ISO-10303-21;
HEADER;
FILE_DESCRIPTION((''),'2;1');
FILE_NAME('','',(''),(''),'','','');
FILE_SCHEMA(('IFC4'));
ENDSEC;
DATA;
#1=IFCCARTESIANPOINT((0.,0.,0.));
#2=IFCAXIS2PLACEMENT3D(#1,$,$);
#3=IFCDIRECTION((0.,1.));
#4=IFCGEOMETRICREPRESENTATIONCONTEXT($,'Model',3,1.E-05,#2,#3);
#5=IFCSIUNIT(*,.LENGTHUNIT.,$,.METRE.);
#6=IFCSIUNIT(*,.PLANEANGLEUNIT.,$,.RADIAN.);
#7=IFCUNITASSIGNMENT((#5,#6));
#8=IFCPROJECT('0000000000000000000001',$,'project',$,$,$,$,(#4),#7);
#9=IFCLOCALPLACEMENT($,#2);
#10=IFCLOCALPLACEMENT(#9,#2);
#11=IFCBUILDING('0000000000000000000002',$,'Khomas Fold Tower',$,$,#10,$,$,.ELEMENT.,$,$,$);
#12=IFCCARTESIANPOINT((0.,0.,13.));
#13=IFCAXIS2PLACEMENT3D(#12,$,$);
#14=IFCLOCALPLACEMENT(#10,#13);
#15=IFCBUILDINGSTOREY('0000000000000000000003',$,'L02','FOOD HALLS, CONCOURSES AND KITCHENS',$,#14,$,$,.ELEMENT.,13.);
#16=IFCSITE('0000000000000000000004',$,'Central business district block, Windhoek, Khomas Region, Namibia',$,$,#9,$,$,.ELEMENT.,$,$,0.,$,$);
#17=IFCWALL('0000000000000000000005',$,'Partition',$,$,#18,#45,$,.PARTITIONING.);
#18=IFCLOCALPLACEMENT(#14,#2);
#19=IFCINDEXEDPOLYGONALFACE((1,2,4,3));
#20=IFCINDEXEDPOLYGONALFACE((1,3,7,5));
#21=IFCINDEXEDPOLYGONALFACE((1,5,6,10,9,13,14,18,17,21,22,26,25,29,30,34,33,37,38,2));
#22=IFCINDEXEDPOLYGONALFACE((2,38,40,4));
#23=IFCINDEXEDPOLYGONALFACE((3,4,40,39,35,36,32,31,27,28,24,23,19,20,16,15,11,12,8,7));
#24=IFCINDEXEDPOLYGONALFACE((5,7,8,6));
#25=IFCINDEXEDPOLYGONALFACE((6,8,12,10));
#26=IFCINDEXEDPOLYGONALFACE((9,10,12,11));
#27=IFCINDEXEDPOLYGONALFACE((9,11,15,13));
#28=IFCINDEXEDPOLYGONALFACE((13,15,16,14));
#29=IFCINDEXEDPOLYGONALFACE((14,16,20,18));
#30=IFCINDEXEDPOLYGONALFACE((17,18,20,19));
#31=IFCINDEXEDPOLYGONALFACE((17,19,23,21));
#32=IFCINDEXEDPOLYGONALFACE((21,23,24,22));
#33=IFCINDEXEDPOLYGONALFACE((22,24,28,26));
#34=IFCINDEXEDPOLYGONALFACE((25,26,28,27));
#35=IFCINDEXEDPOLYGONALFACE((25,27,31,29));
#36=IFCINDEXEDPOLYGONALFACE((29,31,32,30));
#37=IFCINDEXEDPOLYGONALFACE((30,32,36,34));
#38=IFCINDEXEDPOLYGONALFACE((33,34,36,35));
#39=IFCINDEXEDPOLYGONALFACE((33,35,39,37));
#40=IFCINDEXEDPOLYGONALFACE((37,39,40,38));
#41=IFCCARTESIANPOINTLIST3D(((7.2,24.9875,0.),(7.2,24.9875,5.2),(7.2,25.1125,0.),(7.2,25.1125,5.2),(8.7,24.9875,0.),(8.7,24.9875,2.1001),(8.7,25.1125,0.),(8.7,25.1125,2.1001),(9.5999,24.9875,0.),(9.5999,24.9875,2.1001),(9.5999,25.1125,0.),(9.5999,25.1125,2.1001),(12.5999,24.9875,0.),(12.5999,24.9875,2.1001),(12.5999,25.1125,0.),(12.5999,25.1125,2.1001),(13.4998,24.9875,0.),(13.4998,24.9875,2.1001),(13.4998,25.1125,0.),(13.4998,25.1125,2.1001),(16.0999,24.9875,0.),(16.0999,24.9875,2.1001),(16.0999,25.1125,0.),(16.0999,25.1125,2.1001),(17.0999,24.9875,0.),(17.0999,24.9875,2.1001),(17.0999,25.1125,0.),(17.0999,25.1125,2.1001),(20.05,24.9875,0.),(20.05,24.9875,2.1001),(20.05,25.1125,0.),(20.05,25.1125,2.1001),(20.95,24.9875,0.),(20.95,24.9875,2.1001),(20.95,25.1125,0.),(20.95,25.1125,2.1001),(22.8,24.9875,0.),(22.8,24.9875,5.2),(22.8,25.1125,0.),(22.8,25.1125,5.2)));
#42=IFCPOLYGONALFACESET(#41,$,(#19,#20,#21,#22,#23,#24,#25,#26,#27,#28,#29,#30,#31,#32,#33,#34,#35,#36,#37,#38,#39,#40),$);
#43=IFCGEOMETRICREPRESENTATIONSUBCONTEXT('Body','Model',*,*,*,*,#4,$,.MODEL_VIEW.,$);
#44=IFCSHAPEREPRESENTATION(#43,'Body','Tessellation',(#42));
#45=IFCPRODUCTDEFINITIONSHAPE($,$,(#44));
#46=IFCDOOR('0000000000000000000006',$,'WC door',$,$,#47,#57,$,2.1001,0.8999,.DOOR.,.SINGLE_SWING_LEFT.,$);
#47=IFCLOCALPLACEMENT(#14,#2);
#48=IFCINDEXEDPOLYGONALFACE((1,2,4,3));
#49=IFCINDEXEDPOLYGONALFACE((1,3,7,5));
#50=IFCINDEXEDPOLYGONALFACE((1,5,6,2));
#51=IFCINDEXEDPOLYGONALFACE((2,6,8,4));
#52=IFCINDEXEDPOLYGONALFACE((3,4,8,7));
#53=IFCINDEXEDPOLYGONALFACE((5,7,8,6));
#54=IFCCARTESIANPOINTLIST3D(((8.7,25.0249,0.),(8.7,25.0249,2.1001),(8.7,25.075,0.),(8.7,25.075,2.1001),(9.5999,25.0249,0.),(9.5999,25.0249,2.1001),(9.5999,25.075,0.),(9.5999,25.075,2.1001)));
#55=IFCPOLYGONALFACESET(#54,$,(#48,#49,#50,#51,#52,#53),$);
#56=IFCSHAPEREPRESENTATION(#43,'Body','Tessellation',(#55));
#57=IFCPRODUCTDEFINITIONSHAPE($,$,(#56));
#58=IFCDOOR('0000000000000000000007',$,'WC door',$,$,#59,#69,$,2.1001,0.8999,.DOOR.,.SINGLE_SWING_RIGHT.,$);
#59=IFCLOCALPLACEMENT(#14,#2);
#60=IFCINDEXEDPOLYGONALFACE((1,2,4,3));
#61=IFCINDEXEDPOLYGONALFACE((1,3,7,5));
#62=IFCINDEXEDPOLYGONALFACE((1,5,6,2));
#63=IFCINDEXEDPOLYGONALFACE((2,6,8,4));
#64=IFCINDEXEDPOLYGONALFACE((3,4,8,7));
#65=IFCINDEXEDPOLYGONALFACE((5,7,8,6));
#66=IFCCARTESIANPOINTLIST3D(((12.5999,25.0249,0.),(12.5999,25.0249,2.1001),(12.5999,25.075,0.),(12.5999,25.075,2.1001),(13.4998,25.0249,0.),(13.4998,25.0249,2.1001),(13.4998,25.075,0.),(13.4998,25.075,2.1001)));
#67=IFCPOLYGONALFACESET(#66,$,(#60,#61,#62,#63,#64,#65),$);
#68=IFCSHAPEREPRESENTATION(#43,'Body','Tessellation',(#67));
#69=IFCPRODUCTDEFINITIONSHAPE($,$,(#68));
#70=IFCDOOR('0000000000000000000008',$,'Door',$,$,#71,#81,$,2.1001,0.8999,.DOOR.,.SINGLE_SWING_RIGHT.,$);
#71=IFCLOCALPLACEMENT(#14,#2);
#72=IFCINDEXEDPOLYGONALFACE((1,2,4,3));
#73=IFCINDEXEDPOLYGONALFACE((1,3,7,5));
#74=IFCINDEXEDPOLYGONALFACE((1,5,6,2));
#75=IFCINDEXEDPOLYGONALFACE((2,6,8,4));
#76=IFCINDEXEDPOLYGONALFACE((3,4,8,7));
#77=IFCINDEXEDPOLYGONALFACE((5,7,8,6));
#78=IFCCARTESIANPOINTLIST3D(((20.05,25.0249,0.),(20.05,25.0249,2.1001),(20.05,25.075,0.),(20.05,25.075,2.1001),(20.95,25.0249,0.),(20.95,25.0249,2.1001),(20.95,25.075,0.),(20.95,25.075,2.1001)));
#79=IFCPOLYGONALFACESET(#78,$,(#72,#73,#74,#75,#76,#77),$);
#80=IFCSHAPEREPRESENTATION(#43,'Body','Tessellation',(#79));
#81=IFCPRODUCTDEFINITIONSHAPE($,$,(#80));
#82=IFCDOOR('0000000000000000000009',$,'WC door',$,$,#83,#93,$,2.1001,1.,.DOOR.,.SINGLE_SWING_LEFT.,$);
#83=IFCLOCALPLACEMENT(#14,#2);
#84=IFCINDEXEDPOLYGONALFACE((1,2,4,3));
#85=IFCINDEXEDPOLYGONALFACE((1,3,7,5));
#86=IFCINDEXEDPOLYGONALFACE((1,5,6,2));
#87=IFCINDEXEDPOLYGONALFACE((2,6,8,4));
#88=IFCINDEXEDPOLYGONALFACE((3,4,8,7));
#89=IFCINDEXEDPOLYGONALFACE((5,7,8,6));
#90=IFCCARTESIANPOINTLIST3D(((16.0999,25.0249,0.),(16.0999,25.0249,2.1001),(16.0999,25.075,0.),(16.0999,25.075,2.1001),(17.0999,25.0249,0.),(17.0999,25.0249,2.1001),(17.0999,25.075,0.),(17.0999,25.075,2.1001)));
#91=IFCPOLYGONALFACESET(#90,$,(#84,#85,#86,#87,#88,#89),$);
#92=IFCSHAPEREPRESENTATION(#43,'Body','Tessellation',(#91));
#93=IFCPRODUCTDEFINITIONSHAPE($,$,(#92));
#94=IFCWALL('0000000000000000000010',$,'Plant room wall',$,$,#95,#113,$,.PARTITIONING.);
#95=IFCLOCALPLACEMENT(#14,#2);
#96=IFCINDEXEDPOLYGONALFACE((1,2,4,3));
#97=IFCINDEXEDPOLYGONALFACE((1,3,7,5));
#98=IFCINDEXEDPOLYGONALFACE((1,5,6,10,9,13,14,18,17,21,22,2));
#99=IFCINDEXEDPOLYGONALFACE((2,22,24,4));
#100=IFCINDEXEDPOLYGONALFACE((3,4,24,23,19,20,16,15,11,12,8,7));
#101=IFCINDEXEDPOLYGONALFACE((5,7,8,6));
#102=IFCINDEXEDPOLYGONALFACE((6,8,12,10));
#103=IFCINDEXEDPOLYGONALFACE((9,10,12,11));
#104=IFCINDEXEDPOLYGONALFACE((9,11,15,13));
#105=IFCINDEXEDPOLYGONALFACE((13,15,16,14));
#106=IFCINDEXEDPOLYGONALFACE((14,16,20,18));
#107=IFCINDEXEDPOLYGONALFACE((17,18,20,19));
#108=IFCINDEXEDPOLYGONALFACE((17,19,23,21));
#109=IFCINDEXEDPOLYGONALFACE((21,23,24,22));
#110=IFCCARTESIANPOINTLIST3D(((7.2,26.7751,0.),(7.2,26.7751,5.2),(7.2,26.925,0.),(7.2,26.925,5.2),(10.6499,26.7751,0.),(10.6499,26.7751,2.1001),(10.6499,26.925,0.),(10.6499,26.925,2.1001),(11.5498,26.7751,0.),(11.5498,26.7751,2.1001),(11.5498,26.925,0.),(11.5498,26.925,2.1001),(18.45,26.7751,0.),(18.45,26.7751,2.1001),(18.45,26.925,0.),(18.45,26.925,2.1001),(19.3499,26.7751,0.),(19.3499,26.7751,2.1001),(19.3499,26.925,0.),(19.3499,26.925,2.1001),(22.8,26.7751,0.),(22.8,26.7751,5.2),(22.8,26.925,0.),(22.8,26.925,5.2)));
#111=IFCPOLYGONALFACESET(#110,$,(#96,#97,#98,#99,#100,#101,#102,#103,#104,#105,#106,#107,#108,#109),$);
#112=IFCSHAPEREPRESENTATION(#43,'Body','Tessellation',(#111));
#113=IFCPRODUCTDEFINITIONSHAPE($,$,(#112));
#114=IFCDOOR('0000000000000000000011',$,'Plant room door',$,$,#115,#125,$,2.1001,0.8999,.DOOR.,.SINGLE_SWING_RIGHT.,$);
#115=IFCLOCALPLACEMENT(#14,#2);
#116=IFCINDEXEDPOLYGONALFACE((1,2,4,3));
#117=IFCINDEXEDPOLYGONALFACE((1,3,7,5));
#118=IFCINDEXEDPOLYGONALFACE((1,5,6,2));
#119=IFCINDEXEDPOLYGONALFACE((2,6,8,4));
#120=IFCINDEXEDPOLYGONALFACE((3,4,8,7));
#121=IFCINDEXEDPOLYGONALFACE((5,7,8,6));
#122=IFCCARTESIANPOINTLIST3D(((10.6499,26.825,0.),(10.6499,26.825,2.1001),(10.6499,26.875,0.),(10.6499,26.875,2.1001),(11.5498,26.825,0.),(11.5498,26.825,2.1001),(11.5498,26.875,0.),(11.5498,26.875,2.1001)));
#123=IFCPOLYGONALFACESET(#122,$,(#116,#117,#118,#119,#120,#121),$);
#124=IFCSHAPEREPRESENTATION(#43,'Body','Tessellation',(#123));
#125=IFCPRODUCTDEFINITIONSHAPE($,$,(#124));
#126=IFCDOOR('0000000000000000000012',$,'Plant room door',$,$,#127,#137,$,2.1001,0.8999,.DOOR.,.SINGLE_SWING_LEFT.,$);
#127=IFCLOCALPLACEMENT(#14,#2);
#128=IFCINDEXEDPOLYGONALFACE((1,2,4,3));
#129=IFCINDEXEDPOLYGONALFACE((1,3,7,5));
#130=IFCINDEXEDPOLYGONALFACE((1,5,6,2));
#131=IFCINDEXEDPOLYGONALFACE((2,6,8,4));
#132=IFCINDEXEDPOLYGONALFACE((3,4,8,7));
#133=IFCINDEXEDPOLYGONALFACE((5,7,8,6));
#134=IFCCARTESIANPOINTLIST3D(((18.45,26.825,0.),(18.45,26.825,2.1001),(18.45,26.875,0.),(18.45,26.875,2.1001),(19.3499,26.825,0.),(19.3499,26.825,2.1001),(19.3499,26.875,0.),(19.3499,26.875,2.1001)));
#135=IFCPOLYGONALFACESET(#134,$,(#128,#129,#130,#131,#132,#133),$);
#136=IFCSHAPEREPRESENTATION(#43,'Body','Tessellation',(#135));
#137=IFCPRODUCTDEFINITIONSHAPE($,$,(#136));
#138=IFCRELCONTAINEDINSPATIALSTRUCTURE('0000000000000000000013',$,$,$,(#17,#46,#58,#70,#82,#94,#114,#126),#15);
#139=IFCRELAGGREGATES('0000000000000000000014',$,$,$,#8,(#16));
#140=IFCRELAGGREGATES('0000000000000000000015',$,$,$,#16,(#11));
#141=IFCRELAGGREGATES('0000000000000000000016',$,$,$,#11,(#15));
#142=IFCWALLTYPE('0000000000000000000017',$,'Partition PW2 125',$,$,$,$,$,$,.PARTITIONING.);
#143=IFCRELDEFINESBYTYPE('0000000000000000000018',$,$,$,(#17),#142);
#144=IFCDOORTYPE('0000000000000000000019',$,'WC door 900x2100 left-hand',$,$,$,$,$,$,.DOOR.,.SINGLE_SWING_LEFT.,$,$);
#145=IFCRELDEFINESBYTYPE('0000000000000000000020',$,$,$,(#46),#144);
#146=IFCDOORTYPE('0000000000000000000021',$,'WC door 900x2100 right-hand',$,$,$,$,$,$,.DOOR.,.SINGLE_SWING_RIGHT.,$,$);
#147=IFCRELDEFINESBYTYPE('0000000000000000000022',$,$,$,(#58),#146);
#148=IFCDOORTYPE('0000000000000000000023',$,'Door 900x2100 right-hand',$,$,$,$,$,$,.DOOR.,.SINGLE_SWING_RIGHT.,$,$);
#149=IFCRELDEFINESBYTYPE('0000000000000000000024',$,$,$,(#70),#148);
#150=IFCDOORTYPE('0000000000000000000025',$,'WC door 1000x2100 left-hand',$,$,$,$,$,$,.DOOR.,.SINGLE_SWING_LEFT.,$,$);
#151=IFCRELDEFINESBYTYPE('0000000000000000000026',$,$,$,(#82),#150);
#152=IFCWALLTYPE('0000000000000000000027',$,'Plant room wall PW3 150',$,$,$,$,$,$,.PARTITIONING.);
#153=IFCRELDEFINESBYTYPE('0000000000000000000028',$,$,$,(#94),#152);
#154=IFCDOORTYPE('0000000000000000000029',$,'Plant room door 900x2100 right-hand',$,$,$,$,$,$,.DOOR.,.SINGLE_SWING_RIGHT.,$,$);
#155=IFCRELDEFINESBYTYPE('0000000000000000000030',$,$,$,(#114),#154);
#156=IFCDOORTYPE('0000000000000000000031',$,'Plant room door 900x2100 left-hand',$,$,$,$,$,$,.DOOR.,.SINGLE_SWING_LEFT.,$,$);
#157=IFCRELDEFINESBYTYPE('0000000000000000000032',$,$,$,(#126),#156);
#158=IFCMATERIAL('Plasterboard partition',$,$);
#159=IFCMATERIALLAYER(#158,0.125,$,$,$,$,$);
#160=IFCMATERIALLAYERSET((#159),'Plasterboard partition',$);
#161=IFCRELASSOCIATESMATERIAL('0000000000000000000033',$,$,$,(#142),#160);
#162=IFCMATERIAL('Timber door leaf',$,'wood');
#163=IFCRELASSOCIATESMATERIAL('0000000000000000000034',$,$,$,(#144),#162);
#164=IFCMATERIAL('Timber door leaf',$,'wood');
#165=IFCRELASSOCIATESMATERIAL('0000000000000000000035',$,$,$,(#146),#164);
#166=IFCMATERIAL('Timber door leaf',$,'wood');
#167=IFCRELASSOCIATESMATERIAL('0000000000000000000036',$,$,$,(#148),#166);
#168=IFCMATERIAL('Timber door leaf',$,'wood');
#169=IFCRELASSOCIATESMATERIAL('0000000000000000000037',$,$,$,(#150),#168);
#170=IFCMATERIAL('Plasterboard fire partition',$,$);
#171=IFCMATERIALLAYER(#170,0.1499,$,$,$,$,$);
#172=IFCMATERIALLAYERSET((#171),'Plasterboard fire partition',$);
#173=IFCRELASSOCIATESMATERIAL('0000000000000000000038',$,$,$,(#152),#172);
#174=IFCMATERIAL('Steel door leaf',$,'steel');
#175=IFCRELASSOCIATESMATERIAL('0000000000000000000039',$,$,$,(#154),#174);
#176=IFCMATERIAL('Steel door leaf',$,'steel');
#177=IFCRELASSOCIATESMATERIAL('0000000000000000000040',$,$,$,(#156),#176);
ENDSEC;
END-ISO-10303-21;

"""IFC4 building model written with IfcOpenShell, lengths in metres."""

from ifc_helpers import new_model, si_unit, direction, frame, frame_2d, origin, place, context, subcontext, project, spatial, rectangle, extrude, source, transform, mapped, material, layer, layer_set, type_object, element, fill, save


model = new_model("IFC4")

# Units and contexts
model_context = context("Model", 3, precision=1e-05, world=origin(), true_north=direction((0.0, 1.0)))
body_context = subcontext(model_context, "Body", "Model", "MODEL_VIEW")
ifc_project = project(units=[si_unit("LENGTHUNIT", "METRE"), si_unit("PLANEANGLEUNIT", "RADIAN")], contexts=[model_context])

# Site, building, storey
site_placement = place(None, origin())
site = spatial("IfcSite", under=ifc_project, at=site_placement, Name="Central business district block, Windhoek, Khomas Region, Namibia", CompositionType="ELEMENT", RefElevation=0.0)
building_placement = place(site_placement, origin())
building = spatial("IfcBuilding", under=site, at=building_placement, Name="Khomas Fold Tower", CompositionType="ELEMENT")
storey_placement = place(building_placement, frame((0.0, 0.0, 13.0)))
storey = spatial("IfcBuildingStorey", under=building, at=storey_placement, Name="L02", Description="FOOD HALLS, CONCOURSES AND KITCHENS", CompositionType="ELEMENT", Elevation=13.0)

# Walls, openings, doors
ifc_material_1 = material(Name="Plasterboard partition")
ifc_layer_1 = layer(ifc_material_1, 0.125)
ifc_layer_set_1 = layer_set([ifc_layer_1], Name="Plasterboard partition")
wall_type_1 = type_object("IfcWallType", Name="Partition PW2 125", PredefinedType="PARTITIONING", material=ifc_layer_set_1)
shared_shape_1 = source(origin(), body_context, "Body", "SweptSolid", [
    extrude(rectangle(XDim=15.6001, YDim=0.125, at=frame_2d((7.8, 0.0))), origin(), (0.0, 0.0, 1.0), 5.2),
])
wall_1_placement = place(storey_placement, frame((7.2, 25.05, 0.0), z_axis=(0.0, 0.0, 1.0), x_axis=(1.0, 0.0, 0.0)))
wall_1 = element("IfcWall", 1, at=wall_1_placement, inside=storey, type_object=wall_type_1, Name="Partition", PredefinedType="PARTITIONING", context=body_context, shape_type="MappedRepresentation", body=[
    mapped(shared_shape_1, transform((0.0, 0.0, 0.0))),
])
shared_shape_2 = source(origin(), body_context, "Body", "SweptSolid", [
    extrude(rectangle(XDim=0.8999, YDim=2.1001, at=frame_2d((0.45, 1.05))), frame((0.0, 0.0725, 0.0), z_axis=(0.0, -1.0, 0.0), x_axis=(1.0, 0.0, 0.0)), (0.0, 0.0, 1.0), 0.145),
])
opening_1_placement = place(wall_1_placement, frame((1.5, 0.0, 0.0)))
opening_1 = element("IfcOpeningElement", 2, at=opening_1_placement, cuts=wall_1, PredefinedType="OPENING", context=body_context, shape_type="MappedRepresentation", body=[
    mapped(shared_shape_2, transform((0.0, 0.0, 0.0))),
])
opening_2_placement = place(wall_1_placement, frame((5.3999, 0.0, 0.0)))
opening_2 = element("IfcOpeningElement", 3, at=opening_2_placement, cuts=wall_1, PredefinedType="OPENING", context=body_context, shape_type="MappedRepresentation", body=[
    mapped(shared_shape_2, transform((0.0, 0.0, 0.0))),
])
shared_shape_3 = source(origin(), body_context, "Body", "SweptSolid", [
    extrude(rectangle(XDim=1.0, YDim=2.1001, at=frame_2d((0.5, 1.05))), frame((0.0, 0.0725, 0.0), z_axis=(0.0, -1.0, 0.0), x_axis=(1.0, 0.0, 0.0)), (0.0, 0.0, 1.0), 0.145),
])
opening_3_placement = place(wall_1_placement, frame((8.8999, 0.0, 0.0)))
opening_3 = element("IfcOpeningElement", 4, at=opening_3_placement, cuts=wall_1, PredefinedType="OPENING", context=body_context, shape_type="MappedRepresentation", body=[
    mapped(shared_shape_3, transform((0.0, 0.0, 0.0))),
])
opening_4_placement = place(wall_1_placement, frame((12.8501, 0.0, 0.0)))
opening_4 = element("IfcOpeningElement", 5, at=opening_4_placement, cuts=wall_1, PredefinedType="OPENING", context=body_context, shape_type="MappedRepresentation", body=[
    mapped(shared_shape_2, transform((0.0, 0.0, 0.0))),
])
ifc_material_2 = material(Name="Timber door leaf", Category="wood")
door_type_1 = type_object("IfcDoorType", Name="WC door 900x2100 left-hand", OperationType="SINGLE_SWING_LEFT", PredefinedType="DOOR", material=ifc_material_2)
shared_shape_4 = source(origin(), body_context, "Body", "SweptSolid", [
    extrude(rectangle(XDim=0.8999, YDim=2.1001, at=frame_2d((0.45, 1.05))), frame((0.0, 0.0249, 0.0), z_axis=(0.0, -1.0, 0.0), x_axis=(1.0, 0.0, 0.0)), (0.0, 0.0, 1.0), 0.05),
])
door_1_placement = place(opening_1_placement, origin())
door_1 = element("IfcDoor", 6, at=door_1_placement, inside=storey, type_object=door_type_1, Name="WC door", OperationType="SINGLE_SWING_LEFT", OverallHeight=2.1001, OverallWidth=0.8999, PredefinedType="DOOR", context=body_context, shape_type="MappedRepresentation", body=[
    mapped(shared_shape_4, transform((0.0, 0.0, 0.0))),
])
fill(opening_1, door_1)
ifc_material_3 = material(Name="Timber door leaf", Category="wood")
door_type_2 = type_object("IfcDoorType", Name="WC door 900x2100 right-hand", OperationType="SINGLE_SWING_RIGHT", PredefinedType="DOOR", material=ifc_material_3)
door_2_placement = place(opening_2_placement, origin())
door_2 = element("IfcDoor", 7, at=door_2_placement, inside=storey, type_object=door_type_2, Name="WC door", OperationType="SINGLE_SWING_RIGHT", OverallHeight=2.1001, OverallWidth=0.8999, PredefinedType="DOOR", context=body_context, shape_type="MappedRepresentation", body=[
    mapped(shared_shape_4, transform((0.0, 0.0, 0.0))),
])
fill(opening_2, door_2)
ifc_material_4 = material(Name="Timber door leaf", Category="wood")
door_type_3 = type_object("IfcDoorType", Name="Door 900x2100 right-hand", OperationType="SINGLE_SWING_RIGHT", PredefinedType="DOOR", material=ifc_material_4)
door_3_placement = place(opening_4_placement, origin())
door_3 = element("IfcDoor", 8, at=door_3_placement, inside=storey, type_object=door_type_3, Name="Door", OperationType="SINGLE_SWING_RIGHT", OverallHeight=2.1001, OverallWidth=0.8999, PredefinedType="DOOR", context=body_context, shape_type="MappedRepresentation", body=[
    mapped(shared_shape_4, transform((0.0, 0.0, 0.0))),
])
fill(opening_4, door_3)
ifc_material_5 = material(Name="Timber door leaf", Category="wood")
door_type_4 = type_object("IfcDoorType", Name="WC door 1000x2100 left-hand", OperationType="SINGLE_SWING_LEFT", PredefinedType="DOOR", material=ifc_material_5)
shared_shape_5 = source(origin(), body_context, "Body", "SweptSolid", [
    extrude(rectangle(XDim=1.0, YDim=2.1001, at=frame_2d((0.5, 1.05))), frame((0.0, 0.0249, 0.0), z_axis=(0.0, -1.0, 0.0), x_axis=(1.0, 0.0, 0.0)), (0.0, 0.0, 1.0), 0.05),
])
door_4_placement = place(opening_3_placement, origin())
door_4 = element("IfcDoor", 9, at=door_4_placement, inside=storey, type_object=door_type_4, Name="WC door", OperationType="SINGLE_SWING_LEFT", OverallHeight=2.1001, OverallWidth=1.0, PredefinedType="DOOR", context=body_context, shape_type="MappedRepresentation", body=[
    mapped(shared_shape_5, transform((0.0, 0.0, 0.0))),
])
fill(opening_3, door_4)
ifc_material_6 = material(Name="Plasterboard fire partition")
ifc_layer_2 = layer(ifc_material_6, 0.1499)
ifc_layer_set_2 = layer_set([ifc_layer_2], Name="Plasterboard fire partition")
wall_type_2 = type_object("IfcWallType", Name="Plant room wall PW3 150", PredefinedType="PARTITIONING", material=ifc_layer_set_2)
shared_shape_6 = source(origin(), body_context, "Body", "SweptSolid", [
    extrude(rectangle(XDim=15.6001, YDim=0.1499, at=frame_2d((7.8, 0.0))), origin(), (0.0, 0.0, 1.0), 5.2),
])
wall_2_placement = place(storey_placement, frame((7.2, 26.8501, 0.0), z_axis=(0.0, 0.0, 1.0), x_axis=(1.0, 0.0, 0.0)))
wall_2 = element("IfcWall", 10, at=wall_2_placement, inside=storey, type_object=wall_type_2, Name="Plant room wall", PredefinedType="PARTITIONING", context=body_context, shape_type="MappedRepresentation", body=[
    mapped(shared_shape_6, transform((0.0, 0.0, 0.0))),
])
shared_shape_7 = source(origin(), body_context, "Body", "SweptSolid", [
    extrude(rectangle(XDim=0.8999, YDim=2.1001, at=frame_2d((0.45, 1.05))), frame((0.0, 0.085, 0.0), z_axis=(0.0, -1.0, 0.0), x_axis=(1.0, 0.0, 0.0)), (0.0, 0.0, 1.0), 0.1699),
])
opening_5_placement = place(wall_2_placement, frame((3.45, 0.0, 0.0)))
opening_5 = element("IfcOpeningElement", 11, at=opening_5_placement, cuts=wall_2, PredefinedType="OPENING", context=body_context, shape_type="MappedRepresentation", body=[
    mapped(shared_shape_7, transform((0.0, 0.0, 0.0))),
])
opening_6_placement = place(wall_2_placement, frame((11.25, 0.0, 0.0)))
opening_6 = element("IfcOpeningElement", 12, at=opening_6_placement, cuts=wall_2, PredefinedType="OPENING", context=body_context, shape_type="MappedRepresentation", body=[
    mapped(shared_shape_7, transform((0.0, 0.0, 0.0))),
])
ifc_material_7 = material(Name="Steel door leaf", Category="steel")
door_type_5 = type_object("IfcDoorType", Name="Plant room door 900x2100 right-hand", OperationType="SINGLE_SWING_RIGHT", PredefinedType="DOOR", material=ifc_material_7)
door_5_placement = place(opening_5_placement, origin())
door_5 = element("IfcDoor", 13, at=door_5_placement, inside=storey, type_object=door_type_5, Name="Plant room door", OperationType="SINGLE_SWING_RIGHT", OverallHeight=2.1001, OverallWidth=0.8999, PredefinedType="DOOR", context=body_context, shape_type="MappedRepresentation", body=[
    mapped(shared_shape_4, transform((0.0, 0.0, 0.0))),
])
fill(opening_5, door_5)
ifc_material_8 = material(Name="Steel door leaf", Category="steel")
door_type_6 = type_object("IfcDoorType", Name="Plant room door 900x2100 left-hand", OperationType="SINGLE_SWING_LEFT", PredefinedType="DOOR", material=ifc_material_8)
door_6_placement = place(opening_6_placement, origin())
door_6 = element("IfcDoor", 14, at=door_6_placement, inside=storey, type_object=door_type_6, Name="Plant room door", OperationType="SINGLE_SWING_LEFT", OverallHeight=2.1001, OverallWidth=0.8999, PredefinedType="DOOR", context=body_context, shape_type="MappedRepresentation", body=[
    mapped(shared_shape_4, transform((0.0, 0.0, 0.0))),
])
fill(opening_6, door_6)

save(model, "model.ifc")
